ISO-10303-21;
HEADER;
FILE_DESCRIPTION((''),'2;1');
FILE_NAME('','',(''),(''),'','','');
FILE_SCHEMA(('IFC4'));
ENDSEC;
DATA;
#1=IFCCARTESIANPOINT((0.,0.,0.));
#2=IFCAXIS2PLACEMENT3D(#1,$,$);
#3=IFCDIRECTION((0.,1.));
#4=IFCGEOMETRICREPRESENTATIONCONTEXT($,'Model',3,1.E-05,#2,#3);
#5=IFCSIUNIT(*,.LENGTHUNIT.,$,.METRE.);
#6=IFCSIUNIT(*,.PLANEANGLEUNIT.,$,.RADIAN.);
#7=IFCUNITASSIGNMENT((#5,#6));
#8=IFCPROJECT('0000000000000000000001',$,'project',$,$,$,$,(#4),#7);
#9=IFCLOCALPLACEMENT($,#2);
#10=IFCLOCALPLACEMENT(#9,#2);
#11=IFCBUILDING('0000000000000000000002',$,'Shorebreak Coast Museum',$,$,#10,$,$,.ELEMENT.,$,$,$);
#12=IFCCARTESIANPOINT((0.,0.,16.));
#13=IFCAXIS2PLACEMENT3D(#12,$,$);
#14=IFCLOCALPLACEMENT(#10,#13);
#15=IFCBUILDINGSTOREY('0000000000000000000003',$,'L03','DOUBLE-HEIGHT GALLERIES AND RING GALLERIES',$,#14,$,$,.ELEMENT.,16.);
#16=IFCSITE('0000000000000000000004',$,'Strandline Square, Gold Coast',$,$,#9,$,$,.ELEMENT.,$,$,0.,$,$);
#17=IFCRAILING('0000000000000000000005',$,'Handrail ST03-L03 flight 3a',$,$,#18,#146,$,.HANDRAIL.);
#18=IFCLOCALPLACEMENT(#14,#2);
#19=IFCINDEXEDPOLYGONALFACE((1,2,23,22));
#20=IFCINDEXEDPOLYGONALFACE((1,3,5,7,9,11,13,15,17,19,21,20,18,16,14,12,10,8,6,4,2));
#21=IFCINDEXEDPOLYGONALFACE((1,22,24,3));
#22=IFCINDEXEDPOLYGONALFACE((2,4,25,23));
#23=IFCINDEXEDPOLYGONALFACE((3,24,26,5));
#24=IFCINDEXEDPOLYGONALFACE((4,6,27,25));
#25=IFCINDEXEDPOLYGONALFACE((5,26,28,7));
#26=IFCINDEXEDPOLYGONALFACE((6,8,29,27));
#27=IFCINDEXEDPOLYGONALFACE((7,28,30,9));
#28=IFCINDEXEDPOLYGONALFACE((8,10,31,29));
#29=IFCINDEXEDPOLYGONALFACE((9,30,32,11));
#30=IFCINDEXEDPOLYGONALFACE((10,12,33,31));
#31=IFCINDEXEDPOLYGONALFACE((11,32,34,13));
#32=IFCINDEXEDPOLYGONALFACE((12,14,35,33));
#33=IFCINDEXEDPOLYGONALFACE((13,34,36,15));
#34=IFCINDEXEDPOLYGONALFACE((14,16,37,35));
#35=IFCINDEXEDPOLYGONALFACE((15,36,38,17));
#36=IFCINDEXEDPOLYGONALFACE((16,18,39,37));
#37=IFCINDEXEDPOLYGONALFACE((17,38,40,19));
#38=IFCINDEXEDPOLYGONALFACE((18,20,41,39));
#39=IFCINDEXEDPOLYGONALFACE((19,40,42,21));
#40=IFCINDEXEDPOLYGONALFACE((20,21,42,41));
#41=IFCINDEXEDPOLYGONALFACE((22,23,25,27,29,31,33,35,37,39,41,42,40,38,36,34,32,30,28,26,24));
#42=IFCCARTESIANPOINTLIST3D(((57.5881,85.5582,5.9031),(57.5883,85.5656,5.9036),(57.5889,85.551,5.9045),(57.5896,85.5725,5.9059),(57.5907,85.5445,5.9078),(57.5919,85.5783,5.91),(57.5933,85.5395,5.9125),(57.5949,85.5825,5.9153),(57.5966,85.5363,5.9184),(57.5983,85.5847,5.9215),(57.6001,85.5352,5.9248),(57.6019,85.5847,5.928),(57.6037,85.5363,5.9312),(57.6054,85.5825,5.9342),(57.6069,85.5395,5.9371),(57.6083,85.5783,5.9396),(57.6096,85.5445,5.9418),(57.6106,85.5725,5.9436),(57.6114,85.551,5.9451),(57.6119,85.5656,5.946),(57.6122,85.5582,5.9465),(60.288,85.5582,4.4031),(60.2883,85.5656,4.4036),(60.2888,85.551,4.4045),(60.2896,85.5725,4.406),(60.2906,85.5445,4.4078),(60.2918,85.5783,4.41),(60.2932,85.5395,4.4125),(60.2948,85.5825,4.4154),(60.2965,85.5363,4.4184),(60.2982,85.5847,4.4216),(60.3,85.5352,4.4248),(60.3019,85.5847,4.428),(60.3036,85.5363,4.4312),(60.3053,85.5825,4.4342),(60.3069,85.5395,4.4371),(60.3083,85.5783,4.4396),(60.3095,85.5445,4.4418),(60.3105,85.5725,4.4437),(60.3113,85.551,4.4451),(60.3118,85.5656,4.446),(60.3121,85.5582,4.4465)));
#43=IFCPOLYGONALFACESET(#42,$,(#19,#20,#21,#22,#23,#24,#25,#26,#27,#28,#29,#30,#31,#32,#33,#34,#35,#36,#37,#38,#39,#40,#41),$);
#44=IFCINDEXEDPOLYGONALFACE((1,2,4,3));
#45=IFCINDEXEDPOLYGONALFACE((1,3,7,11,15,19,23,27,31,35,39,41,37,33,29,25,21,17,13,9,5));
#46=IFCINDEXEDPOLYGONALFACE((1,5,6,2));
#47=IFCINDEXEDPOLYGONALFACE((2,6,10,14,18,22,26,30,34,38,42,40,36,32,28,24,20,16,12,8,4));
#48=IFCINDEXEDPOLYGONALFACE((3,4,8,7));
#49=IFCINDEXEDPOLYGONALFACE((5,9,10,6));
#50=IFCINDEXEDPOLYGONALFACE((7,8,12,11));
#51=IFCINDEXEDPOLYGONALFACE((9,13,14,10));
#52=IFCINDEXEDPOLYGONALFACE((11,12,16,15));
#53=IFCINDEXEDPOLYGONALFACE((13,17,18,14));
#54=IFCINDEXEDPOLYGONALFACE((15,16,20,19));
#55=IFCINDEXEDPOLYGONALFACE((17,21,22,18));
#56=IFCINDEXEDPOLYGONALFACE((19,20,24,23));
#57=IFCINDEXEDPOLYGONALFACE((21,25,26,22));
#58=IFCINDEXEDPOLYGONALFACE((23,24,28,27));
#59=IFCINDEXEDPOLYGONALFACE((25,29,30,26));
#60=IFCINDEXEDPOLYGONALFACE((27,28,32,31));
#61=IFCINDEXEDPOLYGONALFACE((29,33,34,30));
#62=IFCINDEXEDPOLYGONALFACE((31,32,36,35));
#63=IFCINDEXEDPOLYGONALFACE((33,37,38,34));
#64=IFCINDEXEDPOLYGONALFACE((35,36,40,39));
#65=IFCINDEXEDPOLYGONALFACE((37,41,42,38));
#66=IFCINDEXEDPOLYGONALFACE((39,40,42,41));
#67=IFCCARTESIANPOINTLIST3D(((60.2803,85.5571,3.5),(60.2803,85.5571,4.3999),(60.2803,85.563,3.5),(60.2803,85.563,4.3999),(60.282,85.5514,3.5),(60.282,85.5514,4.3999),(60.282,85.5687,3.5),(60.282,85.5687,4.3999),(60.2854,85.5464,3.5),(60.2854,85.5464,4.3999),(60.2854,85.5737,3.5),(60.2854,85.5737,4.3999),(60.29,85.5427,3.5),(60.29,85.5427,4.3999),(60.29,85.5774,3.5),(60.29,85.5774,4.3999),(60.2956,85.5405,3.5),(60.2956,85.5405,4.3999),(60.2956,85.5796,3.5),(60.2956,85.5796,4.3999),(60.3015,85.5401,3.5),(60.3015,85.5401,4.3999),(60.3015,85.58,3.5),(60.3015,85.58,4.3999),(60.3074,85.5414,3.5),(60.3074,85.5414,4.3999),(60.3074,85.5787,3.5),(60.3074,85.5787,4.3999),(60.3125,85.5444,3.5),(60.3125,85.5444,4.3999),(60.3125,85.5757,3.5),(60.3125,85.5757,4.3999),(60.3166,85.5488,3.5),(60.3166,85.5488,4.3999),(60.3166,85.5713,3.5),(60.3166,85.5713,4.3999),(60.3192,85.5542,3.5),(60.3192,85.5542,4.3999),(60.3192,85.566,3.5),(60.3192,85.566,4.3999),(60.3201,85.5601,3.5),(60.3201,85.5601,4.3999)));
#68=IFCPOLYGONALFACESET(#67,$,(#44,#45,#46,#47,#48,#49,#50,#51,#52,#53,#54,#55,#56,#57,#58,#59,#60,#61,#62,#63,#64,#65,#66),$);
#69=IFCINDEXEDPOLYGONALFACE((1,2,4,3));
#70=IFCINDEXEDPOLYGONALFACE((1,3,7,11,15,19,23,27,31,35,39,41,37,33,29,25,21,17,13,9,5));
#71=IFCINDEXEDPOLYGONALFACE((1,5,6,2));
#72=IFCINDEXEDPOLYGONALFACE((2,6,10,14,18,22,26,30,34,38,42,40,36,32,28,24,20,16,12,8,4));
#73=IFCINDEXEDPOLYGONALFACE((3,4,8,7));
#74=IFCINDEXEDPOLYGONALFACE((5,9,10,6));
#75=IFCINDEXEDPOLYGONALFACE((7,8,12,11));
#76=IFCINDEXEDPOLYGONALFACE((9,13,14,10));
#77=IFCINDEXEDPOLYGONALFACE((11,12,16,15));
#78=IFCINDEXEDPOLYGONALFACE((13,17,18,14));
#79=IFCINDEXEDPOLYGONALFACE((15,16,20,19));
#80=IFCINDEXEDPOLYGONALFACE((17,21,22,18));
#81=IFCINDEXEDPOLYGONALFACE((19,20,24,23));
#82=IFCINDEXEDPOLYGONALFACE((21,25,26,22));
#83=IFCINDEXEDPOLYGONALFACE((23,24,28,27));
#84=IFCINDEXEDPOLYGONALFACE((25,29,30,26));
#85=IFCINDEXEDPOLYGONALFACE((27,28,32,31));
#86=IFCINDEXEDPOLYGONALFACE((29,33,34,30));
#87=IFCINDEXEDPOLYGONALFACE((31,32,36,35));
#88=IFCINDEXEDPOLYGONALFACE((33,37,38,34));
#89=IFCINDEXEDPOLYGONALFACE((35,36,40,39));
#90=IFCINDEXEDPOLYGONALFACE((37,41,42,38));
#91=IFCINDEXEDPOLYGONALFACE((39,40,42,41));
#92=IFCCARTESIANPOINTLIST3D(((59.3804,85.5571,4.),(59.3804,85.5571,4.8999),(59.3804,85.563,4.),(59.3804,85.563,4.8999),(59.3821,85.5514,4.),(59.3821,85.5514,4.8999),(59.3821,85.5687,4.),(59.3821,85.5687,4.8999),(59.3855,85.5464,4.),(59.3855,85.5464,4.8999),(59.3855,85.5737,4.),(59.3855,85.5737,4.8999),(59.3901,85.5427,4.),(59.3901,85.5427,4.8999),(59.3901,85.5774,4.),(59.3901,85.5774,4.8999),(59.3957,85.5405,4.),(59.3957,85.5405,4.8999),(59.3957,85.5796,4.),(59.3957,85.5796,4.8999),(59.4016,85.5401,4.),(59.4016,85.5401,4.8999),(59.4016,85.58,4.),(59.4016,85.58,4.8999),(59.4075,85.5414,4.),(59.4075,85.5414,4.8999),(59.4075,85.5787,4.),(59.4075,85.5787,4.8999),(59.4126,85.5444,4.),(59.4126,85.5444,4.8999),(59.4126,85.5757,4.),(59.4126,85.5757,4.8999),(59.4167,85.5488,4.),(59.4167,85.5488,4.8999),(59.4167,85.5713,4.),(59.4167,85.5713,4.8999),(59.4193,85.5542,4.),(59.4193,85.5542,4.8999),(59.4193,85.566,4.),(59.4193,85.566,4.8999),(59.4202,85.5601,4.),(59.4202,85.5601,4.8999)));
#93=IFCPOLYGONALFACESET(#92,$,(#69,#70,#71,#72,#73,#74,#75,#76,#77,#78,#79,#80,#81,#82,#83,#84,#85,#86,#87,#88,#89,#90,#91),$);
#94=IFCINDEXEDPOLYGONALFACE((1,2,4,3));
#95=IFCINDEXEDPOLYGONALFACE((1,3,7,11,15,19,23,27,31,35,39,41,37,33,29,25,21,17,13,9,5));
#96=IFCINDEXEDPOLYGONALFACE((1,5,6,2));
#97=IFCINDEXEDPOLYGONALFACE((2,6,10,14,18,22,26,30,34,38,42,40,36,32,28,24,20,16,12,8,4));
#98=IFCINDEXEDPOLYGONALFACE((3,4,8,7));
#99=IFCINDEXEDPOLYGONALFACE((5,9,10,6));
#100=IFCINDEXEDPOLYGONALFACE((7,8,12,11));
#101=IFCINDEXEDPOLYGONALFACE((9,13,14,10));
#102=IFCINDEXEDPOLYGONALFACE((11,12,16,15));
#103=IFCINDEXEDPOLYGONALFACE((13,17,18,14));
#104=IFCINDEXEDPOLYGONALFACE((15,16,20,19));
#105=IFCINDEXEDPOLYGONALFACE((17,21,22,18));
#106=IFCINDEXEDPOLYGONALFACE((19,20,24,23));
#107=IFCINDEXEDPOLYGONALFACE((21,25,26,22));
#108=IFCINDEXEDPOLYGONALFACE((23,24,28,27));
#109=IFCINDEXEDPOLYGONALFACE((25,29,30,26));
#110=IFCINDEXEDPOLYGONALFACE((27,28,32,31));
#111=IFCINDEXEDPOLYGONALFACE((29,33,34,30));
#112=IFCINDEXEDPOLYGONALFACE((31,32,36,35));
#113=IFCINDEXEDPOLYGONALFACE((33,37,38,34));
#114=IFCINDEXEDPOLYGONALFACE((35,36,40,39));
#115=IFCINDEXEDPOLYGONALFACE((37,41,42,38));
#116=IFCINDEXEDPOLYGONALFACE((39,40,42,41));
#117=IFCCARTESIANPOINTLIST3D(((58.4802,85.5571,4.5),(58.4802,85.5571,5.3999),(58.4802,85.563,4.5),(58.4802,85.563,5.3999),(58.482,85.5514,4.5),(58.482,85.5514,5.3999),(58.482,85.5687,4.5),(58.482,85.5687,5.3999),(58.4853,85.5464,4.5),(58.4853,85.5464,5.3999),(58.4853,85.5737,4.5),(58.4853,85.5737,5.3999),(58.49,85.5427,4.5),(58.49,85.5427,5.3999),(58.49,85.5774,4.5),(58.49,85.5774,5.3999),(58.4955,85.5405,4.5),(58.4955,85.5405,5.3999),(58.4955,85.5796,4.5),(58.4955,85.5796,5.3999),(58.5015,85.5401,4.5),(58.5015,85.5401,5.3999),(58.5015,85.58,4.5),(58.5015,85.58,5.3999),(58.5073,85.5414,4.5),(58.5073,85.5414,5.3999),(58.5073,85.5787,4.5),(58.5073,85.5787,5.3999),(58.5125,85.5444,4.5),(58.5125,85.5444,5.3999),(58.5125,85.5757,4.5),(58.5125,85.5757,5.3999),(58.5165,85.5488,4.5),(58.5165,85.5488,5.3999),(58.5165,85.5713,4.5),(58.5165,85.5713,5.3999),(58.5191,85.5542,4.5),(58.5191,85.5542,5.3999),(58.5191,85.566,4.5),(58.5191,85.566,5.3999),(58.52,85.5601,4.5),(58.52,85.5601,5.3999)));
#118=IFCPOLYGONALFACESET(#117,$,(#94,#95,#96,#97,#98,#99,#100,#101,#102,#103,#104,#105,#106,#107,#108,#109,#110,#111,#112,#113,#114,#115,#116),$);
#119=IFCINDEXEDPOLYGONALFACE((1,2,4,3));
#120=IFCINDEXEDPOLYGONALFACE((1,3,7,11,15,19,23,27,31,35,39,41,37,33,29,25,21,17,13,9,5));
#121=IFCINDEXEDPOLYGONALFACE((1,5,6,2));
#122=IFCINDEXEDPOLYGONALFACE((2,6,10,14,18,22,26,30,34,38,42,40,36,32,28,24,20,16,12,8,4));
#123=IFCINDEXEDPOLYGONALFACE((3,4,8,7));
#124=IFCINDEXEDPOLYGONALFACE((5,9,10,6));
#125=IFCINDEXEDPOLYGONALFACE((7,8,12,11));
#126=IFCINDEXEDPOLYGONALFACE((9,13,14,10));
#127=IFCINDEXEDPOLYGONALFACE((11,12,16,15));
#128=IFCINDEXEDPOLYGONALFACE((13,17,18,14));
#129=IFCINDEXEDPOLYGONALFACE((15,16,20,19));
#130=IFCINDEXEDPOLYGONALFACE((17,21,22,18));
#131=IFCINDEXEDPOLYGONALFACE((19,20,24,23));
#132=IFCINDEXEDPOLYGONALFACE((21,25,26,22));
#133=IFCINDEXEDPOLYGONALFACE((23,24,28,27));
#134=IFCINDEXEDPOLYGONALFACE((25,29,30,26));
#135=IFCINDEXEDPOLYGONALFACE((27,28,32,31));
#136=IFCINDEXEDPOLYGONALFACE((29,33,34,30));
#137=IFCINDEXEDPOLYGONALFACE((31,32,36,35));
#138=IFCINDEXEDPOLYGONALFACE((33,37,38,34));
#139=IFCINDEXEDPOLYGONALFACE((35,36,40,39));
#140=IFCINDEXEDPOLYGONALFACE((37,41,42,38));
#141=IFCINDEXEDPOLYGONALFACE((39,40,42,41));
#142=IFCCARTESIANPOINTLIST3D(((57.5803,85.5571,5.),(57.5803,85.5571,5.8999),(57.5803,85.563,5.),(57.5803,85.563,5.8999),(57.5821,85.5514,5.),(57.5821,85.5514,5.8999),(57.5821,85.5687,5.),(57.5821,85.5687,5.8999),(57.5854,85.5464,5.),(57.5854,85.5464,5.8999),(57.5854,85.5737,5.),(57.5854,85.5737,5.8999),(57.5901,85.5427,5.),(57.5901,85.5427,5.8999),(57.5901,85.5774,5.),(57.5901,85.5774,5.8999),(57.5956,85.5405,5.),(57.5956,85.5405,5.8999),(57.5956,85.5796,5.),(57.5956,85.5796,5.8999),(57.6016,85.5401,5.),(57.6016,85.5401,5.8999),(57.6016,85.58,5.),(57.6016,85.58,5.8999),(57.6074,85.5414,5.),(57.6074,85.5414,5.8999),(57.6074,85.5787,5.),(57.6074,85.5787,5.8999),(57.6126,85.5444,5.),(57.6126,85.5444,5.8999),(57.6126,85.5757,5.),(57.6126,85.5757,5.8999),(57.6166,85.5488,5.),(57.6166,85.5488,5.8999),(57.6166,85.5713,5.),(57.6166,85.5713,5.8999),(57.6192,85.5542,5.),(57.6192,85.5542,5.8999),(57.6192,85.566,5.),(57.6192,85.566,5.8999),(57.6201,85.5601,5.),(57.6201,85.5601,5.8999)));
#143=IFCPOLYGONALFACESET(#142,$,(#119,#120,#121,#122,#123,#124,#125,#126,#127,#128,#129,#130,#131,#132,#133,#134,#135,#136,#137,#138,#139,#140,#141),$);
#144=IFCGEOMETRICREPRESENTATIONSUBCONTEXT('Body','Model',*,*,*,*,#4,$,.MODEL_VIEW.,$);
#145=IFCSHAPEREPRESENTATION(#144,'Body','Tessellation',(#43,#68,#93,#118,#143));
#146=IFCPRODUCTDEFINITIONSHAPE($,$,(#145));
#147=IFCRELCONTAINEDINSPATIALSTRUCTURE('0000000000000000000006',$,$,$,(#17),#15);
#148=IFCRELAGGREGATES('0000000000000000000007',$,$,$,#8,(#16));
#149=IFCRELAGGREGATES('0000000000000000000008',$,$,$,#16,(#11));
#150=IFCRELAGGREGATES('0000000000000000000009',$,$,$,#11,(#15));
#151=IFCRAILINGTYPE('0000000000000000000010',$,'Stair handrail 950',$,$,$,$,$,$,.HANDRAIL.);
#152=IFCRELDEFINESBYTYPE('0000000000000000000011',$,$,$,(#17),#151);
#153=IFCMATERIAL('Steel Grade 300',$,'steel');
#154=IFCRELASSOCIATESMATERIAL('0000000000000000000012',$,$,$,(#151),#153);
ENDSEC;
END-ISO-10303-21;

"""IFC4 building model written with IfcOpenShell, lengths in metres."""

from ifc_helpers import new_model, si_unit, direction, frame, origin, origin_2d, place, context, subcontext, project, spatial, circle, extrude, material, type_object, element, save


model = new_model("IFC4")

# Units and contexts
model_context = context("Model", 3, precision=1e-05, world=origin(), true_north=direction((0.0, 1.0)))
body_context = subcontext(model_context, "Body", "Model", "MODEL_VIEW")
ifc_project = project(units=[si_unit("LENGTHUNIT", "METRE"), si_unit("PLANEANGLEUNIT", "RADIAN")], contexts=[model_context])

# Site, building, storey
site_placement = place(None, origin())
site = spatial("IfcSite", under=ifc_project, at=site_placement, Name="Strandline Square, Gold Coast", CompositionType="ELEMENT", RefElevation=0.0)
building_placement = place(site_placement, origin())
building = spatial("IfcBuilding", under=site, at=building_placement, Name="Shorebreak Coast Museum", CompositionType="ELEMENT")
storey_placement = place(building_placement, frame((0.0, 0.0, 16.0)))
storey = spatial("IfcBuildingStorey", under=building, at=storey_placement, Name="L03", Description="DOUBLE-HEIGHT GALLERIES AND RING GALLERIES", CompositionType="ELEMENT", Elevation=16.0)

# Railing
ifc_material_1 = material(Name="Steel Grade 300", Category="steel")
railing_type_1 = type_object("IfcRailingType", Name="Stair handrail 950", PredefinedType="HANDRAIL", material=ifc_material_1)
for number, where, name in (
    (1, (60.3, 85.5601, 3.5), "Handrail ST03-L03 flight 3a"),
):
    element("IfcRailing", number, at=place(storey_placement, frame(where)), inside=storey, type_object=railing_type_1, Name=name, PredefinedType="HANDRAIL", context=body_context, shape_type="SweptSolid", body=[
        extrude(circle(Radius=0.0249, at=origin_2d()), frame((0.0, 0.0, 0.9248), z_axis=(-0.874154, 0.0, 0.48565), x_axis=(0.0, -1.0, 0.0)), (0.0, 0.0, 1.0), 3.0886),
        extrude(circle(Radius=0.02, at=origin_2d()), origin(), (0.0, 0.0, 1.0), 0.8999),
        extrude(circle(Radius=0.02, at=origin_2d()), frame((-0.8999, 0.0, 0.5)), (0.0, 0.0, 1.0), 0.8999),
        extrude(circle(Radius=0.02, at=origin_2d()), frame((-1.8, 0.0, 1.0)), (0.0, 0.0, 1.0), 0.8999),
        extrude(circle(Radius=0.02, at=origin_2d()), frame((-2.7, 0.0, 1.5)), (0.0, 0.0, 1.0), 0.8999),
    ])

save(model, "model.ifc")
